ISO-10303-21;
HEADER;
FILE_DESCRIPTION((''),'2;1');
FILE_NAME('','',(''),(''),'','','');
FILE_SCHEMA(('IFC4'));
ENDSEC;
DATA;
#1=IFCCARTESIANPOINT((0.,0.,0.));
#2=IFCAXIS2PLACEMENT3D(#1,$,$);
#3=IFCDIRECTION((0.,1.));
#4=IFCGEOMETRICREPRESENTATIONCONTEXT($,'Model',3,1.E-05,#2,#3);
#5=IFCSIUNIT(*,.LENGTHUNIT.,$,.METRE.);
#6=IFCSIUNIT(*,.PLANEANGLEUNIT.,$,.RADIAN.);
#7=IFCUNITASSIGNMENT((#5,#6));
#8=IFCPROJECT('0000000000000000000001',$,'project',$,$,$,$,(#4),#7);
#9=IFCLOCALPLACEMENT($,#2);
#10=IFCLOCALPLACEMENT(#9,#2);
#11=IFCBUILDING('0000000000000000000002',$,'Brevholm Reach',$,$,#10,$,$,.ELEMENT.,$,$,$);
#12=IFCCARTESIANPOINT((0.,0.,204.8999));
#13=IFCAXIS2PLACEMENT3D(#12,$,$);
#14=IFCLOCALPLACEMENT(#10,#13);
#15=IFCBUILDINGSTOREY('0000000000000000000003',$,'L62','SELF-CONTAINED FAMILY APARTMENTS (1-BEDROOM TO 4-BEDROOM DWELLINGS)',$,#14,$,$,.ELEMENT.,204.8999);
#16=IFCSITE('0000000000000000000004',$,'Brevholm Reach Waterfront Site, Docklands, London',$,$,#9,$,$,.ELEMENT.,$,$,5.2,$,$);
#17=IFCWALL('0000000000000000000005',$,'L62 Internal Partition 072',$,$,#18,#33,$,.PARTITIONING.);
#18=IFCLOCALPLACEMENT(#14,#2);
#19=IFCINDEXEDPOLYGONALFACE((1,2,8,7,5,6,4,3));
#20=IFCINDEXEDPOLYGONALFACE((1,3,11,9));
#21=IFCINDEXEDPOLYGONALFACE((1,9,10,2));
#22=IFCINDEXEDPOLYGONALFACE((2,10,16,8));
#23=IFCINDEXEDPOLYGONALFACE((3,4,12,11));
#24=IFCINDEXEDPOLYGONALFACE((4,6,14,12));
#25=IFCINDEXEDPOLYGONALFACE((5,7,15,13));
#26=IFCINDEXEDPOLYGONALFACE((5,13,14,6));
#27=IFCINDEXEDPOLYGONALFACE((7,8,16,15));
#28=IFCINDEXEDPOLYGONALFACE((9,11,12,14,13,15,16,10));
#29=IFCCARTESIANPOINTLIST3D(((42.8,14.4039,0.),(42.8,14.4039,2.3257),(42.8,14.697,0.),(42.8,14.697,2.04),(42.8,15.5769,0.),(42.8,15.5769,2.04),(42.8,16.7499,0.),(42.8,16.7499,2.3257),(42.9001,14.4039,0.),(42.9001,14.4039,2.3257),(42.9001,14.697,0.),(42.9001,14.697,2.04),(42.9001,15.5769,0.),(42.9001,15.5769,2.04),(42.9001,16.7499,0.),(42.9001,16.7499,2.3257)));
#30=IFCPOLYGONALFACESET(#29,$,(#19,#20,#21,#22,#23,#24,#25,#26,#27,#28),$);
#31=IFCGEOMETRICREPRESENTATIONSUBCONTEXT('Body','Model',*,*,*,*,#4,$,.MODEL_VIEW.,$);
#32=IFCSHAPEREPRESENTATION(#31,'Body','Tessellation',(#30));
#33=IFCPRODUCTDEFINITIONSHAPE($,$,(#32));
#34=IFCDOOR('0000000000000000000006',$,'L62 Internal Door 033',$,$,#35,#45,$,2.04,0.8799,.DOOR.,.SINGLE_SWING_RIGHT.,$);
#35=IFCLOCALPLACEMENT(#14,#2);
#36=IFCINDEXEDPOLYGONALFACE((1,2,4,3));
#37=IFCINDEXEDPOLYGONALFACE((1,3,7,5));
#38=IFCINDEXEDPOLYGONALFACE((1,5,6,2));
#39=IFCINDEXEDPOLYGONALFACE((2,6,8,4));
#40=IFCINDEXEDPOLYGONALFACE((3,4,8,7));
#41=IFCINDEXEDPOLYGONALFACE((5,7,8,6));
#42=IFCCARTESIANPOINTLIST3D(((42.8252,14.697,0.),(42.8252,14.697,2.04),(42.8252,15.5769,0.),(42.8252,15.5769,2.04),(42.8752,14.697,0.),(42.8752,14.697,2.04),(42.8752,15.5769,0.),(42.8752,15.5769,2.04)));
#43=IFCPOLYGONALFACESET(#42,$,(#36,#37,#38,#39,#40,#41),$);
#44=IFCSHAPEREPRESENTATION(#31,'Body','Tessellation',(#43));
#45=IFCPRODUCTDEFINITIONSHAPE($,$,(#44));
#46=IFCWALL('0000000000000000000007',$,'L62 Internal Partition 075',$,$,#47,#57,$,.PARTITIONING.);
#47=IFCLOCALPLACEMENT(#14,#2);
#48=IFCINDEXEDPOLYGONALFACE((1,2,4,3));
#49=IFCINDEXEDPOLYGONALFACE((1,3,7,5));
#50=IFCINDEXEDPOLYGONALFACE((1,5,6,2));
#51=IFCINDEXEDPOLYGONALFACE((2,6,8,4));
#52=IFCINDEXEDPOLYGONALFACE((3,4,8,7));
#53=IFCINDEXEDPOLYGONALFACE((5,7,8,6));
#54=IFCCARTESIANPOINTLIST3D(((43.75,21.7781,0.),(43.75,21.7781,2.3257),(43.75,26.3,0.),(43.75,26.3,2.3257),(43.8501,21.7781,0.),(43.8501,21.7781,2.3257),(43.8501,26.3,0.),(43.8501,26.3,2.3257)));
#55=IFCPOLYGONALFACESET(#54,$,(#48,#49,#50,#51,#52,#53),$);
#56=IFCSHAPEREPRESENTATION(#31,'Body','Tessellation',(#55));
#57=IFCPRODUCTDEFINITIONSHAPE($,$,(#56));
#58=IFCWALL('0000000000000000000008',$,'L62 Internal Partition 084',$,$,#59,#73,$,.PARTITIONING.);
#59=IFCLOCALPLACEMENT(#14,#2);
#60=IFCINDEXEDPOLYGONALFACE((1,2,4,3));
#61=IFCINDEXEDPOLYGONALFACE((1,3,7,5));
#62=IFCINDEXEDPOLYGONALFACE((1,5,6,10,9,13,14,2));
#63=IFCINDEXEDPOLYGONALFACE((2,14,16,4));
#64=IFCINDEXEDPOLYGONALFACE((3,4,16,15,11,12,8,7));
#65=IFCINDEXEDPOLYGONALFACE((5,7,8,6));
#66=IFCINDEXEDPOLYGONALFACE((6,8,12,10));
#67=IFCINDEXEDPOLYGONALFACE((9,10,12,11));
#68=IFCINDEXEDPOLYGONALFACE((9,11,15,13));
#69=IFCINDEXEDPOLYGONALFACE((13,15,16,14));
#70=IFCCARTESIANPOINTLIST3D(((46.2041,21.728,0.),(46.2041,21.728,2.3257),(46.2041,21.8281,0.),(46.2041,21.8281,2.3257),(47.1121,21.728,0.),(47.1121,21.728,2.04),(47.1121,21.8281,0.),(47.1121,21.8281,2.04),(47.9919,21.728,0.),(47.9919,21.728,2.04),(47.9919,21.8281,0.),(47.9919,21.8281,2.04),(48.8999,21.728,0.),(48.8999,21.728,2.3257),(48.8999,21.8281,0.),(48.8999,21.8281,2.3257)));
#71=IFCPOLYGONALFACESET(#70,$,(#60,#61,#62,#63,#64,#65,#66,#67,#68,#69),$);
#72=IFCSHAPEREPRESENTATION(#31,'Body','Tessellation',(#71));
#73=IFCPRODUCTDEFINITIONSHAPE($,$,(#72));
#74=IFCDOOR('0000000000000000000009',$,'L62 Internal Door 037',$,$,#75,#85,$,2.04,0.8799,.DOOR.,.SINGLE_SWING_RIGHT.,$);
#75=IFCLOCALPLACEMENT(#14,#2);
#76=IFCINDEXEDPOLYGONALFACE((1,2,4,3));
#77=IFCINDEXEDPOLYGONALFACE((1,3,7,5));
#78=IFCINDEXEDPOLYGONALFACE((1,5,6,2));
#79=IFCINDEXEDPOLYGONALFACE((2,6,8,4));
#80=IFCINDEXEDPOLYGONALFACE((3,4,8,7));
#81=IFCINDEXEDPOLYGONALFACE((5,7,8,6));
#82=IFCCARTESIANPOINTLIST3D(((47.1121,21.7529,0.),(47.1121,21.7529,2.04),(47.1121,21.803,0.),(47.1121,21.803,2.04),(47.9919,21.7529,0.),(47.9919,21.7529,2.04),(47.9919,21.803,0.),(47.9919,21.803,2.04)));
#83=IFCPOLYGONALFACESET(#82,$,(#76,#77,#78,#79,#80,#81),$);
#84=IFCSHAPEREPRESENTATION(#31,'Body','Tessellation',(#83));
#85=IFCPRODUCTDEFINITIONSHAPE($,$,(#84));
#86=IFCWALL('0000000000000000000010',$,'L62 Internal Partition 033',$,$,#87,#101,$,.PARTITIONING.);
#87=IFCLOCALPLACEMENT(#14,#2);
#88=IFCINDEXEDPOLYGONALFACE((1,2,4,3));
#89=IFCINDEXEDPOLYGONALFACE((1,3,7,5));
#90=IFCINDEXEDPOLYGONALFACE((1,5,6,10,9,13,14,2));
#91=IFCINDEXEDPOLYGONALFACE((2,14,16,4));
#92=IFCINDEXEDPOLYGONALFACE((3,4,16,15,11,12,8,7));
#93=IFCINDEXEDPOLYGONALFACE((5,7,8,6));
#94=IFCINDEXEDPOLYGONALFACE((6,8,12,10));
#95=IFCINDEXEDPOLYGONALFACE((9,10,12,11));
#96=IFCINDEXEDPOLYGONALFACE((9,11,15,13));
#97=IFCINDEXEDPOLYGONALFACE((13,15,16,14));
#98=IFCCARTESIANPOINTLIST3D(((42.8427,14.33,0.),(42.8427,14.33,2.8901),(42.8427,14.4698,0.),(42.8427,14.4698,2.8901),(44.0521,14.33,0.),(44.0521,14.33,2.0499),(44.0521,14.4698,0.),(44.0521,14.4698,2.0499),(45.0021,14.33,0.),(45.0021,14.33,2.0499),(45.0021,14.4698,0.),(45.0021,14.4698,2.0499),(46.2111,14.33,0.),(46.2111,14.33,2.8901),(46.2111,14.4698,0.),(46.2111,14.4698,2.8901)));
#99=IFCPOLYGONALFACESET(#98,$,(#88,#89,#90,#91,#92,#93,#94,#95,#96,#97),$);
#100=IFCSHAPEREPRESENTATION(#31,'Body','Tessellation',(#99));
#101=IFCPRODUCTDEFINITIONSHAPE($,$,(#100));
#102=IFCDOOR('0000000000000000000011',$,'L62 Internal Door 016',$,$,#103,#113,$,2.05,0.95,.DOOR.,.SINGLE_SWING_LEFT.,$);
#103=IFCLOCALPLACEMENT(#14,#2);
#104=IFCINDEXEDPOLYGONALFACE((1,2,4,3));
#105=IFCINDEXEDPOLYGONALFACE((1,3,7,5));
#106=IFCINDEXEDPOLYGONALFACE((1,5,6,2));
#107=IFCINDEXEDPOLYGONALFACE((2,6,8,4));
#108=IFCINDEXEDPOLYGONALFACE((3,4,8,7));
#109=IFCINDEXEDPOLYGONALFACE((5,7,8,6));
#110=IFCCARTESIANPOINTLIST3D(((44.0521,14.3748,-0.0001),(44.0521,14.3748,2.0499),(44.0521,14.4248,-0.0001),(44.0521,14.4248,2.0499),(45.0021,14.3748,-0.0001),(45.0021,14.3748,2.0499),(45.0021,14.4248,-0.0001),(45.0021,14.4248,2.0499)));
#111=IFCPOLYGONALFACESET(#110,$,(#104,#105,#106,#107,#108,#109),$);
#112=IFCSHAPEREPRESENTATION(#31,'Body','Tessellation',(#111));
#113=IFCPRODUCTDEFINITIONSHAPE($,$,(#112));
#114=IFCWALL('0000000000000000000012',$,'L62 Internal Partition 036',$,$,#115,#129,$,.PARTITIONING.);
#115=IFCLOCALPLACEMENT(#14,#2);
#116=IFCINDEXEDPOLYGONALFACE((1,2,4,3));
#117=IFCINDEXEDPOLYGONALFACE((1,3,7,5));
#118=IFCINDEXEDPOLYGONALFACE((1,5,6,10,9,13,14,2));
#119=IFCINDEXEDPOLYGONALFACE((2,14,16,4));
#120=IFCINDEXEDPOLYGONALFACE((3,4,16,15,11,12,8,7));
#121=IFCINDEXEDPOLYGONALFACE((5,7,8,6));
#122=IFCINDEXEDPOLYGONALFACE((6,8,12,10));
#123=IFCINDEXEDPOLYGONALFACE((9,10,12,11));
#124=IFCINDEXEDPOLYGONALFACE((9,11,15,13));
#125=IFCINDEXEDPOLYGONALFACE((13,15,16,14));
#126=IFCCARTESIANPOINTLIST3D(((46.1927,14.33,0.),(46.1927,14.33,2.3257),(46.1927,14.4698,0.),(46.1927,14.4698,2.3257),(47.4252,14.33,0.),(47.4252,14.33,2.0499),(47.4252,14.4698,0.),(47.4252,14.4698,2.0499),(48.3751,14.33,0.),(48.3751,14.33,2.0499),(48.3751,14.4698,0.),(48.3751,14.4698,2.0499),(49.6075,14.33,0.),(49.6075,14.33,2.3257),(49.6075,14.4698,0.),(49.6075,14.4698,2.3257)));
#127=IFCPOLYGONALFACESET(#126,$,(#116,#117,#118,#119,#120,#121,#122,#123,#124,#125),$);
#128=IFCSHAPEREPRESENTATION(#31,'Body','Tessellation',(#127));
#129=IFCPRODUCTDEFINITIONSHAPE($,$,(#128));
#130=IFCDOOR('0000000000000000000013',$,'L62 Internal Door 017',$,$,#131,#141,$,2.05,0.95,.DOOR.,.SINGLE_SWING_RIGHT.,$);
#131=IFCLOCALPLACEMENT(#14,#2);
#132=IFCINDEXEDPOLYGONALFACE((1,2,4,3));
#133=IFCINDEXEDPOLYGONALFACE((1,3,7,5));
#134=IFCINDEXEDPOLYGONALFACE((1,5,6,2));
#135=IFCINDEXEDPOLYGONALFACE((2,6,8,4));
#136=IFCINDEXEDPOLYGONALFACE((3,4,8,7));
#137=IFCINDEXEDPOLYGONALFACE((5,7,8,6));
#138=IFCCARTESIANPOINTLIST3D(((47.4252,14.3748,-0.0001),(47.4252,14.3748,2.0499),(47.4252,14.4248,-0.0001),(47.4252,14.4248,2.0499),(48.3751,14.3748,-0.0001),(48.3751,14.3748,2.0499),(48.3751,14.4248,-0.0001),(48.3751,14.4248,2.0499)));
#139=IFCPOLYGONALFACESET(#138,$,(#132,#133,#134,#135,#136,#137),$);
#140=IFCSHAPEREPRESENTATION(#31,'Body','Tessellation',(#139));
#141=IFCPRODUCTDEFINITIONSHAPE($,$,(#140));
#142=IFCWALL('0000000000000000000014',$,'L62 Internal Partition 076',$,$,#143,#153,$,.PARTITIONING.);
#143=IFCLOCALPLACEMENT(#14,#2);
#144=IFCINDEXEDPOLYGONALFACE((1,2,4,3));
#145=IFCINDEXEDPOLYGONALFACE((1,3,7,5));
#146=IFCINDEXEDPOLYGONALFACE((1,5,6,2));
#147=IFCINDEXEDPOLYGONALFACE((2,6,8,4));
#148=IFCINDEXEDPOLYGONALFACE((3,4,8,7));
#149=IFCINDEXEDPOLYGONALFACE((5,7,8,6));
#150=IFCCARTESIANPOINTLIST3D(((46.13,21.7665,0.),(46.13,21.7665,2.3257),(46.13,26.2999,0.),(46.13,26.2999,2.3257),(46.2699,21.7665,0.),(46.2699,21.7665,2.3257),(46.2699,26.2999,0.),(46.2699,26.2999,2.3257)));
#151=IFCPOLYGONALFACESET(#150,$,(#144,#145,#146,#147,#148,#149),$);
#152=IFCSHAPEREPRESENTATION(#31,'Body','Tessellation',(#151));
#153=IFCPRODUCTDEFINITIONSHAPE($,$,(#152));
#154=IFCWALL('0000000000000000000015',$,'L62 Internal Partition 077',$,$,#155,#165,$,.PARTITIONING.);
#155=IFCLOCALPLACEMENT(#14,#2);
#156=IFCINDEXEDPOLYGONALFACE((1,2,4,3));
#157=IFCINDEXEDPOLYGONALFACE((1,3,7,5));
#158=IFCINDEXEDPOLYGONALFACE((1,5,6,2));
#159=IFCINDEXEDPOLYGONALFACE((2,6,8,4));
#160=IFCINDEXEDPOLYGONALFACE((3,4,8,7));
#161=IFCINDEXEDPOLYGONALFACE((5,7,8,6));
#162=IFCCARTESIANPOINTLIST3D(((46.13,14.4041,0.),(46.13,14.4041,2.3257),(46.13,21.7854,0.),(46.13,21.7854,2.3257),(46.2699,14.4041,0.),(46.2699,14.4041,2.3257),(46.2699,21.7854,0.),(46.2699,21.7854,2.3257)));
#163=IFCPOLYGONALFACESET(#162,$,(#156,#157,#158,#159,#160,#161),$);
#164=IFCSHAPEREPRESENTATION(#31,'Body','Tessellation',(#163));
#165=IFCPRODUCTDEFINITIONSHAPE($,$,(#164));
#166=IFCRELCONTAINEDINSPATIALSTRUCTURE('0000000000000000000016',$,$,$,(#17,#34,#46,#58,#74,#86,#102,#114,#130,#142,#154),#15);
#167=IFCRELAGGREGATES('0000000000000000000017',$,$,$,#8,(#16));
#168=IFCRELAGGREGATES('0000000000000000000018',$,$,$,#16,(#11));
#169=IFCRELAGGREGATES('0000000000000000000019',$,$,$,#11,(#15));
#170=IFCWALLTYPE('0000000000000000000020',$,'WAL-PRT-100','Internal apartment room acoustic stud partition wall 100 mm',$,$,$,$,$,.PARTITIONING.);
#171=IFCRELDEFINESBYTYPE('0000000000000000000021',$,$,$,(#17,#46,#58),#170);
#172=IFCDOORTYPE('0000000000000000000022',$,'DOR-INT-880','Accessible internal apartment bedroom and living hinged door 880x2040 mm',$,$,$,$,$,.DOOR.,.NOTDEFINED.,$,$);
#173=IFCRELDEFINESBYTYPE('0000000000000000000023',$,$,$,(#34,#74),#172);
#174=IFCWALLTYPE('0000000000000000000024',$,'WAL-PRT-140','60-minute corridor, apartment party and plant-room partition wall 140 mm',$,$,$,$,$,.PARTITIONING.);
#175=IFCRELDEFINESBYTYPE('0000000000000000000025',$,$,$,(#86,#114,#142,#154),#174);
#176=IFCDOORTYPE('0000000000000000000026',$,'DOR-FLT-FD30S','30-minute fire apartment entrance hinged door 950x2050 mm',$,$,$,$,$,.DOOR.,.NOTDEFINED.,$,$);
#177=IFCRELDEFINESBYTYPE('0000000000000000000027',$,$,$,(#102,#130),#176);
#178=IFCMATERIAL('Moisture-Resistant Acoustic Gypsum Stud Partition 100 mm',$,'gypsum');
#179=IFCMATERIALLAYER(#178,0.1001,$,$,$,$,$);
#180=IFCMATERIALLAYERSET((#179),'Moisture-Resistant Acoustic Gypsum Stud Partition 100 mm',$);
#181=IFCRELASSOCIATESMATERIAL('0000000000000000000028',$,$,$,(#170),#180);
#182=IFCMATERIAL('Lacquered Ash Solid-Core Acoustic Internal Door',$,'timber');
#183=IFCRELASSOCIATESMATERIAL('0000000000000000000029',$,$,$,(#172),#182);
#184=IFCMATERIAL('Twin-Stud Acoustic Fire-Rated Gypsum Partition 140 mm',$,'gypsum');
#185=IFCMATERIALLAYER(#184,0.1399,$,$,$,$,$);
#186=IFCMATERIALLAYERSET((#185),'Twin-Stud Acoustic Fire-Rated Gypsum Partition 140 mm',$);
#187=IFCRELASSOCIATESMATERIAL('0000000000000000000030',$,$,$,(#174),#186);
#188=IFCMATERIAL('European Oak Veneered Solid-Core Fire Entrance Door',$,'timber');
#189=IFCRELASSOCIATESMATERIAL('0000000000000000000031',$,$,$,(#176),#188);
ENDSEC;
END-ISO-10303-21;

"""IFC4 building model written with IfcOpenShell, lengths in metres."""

from ifc_helpers import new_model, si_unit, direction, frame, frame_2d, origin, place, context, subcontext, project, spatial, rectangle, extrude, material, layer, layer_set, type_object, element, fill, save


model = new_model("IFC4")

# Units and contexts
model_context = context("Model", 3, precision=1e-05, world=origin(), true_north=direction((0.0, 1.0)))
body_context = subcontext(model_context, "Body", "Model", "MODEL_VIEW")
ifc_project = project(units=[si_unit("LENGTHUNIT", "METRE"), si_unit("PLANEANGLEUNIT", "RADIAN")], contexts=[model_context])

# Site, building, storey
site_placement = place(None, origin())
site = spatial("IfcSite", under=ifc_project, at=site_placement, Name="Brevholm Reach Waterfront Site, Docklands, London", CompositionType="ELEMENT", RefElevation=5.2)
building_placement = place(site_placement, origin())
building = spatial("IfcBuilding", under=site, at=building_placement, Name="Brevholm Reach", CompositionType="ELEMENT")
storey_placement = place(building_placement, frame((0.0, 0.0, 204.8999)))
storey = spatial("IfcBuildingStorey", under=building, at=storey_placement, Name="L62", Description="SELF-CONTAINED FAMILY APARTMENTS (1-BEDROOM TO 4-BEDROOM DWELLINGS)", CompositionType="ELEMENT", Elevation=204.8999)

# Wall, opening, door
ifc_material_1 = material(Name="Moisture-Resistant Acoustic Gypsum Stud Partition 100 mm", Category="gypsum")
ifc_layer_1 = layer(ifc_material_1, 0.1001)
ifc_layer_set_1 = layer_set([ifc_layer_1], Name="Moisture-Resistant Acoustic Gypsum Stud Partition 100 mm")
wall_type_1 = type_object("IfcWallType", Name="WAL-PRT-100", Description="Internal apartment room acoustic stud partition wall 100 mm", PredefinedType="PARTITIONING", material=ifc_layer_set_1)
wall_1_placement = place(storey_placement, frame((42.8501, 14.4041, 0.0), z_axis=(0.0, 0.0, 1.0), x_axis=(0.0, 1.0, 0.0)))
wall_1 = element("IfcWall", 1, at=wall_1_placement, inside=storey, type_object=wall_type_1, Name="L62 Internal Partition 072", PredefinedType="PARTITIONING", context=body_context, shape_type="SweptSolid", body=[
    extrude(rectangle(XDim=2.3459, YDim=0.1001, at=frame_2d((1.1729, 0.0))), origin(), (0.0, 0.0, 1.0), 2.3257),
])
opening_1_placement = place(wall_1_placement, frame((0.293, 0.0, 0.0)))
opening_1 = element("IfcOpeningElement", 2, at=opening_1_placement, cuts=wall_1, PredefinedType="OPENING", context=body_context, shape_type="SweptSolid", body=[
    extrude(rectangle(XDim=0.8799, YDim=2.04, at=frame_2d((0.4399, 1.02))), frame((0.0, 0.0601, 0.0), z_axis=(0.0, -1.0, 0.0), x_axis=(1.0, 0.0, 0.0)), (0.0, 0.0, 1.0), 0.1201),
])
ifc_material_2 = material(Name="Lacquered Ash Solid-Core Acoustic Internal Door", Category="timber")
door_type_1 = type_object("IfcDoorType", Name="DOR-INT-880", Description="Accessible internal apartment bedroom and living hinged door 880x2040 mm", OperationType="NOTDEFINED", PredefinedType="DOOR", material=ifc_material_2)
door_1_placement = place(opening_1_placement, origin())
door_1 = element("IfcDoor", 3, at=door_1_placement, inside=storey, type_object=door_type_1, Name="L62 Internal Door 033", OperationType="SINGLE_SWING_RIGHT", OverallHeight=2.04, OverallWidth=0.8799, PredefinedType="DOOR", context=body_context, shape_type="SweptSolid", body=[
    extrude(rectangle(XDim=0.8799, YDim=2.04, at=frame_2d((0.4399, 1.02))), frame((0.0, 0.0249, 0.0), z_axis=(0.0, -1.0, 0.0), x_axis=(1.0, 0.0, 0.0)), (0.0, 0.0, 1.0), 0.05),
])
fill(opening_1, door_1)

# Wall
wall_2_placement = place(storey_placement, frame((43.8, 21.7781, 0.0), z_axis=(0.0, 0.0, 1.0), x_axis=(0.0, 1.0, 0.0)))
element("IfcWall", 4, at=wall_2_placement, inside=storey, type_object=wall_type_1, Name="L62 Internal Partition 075", PredefinedType="PARTITIONING", context=body_context, shape_type="SweptSolid", body=[
    extrude(rectangle(XDim=4.522, YDim=0.1001, at=frame_2d((2.261, 0.0))), origin(), (0.0, 0.0, 1.0), 2.3257),
])

# Walls, openings, doors
wall_3_placement = place(storey_placement, frame((46.2041, 21.7781, 0.0), z_axis=(0.0, 0.0, 1.0), x_axis=(1.0, 0.0, 0.0)))
wall_3 = element("IfcWall", 5, at=wall_3_placement, inside=storey, type_object=wall_type_1, Name="L62 Internal Partition 084", PredefinedType="PARTITIONING", context=body_context, shape_type="SweptSolid", body=[
    extrude(rectangle(XDim=2.6958, YDim=0.1001, at=frame_2d((1.3479, 0.0))), origin(), (0.0, 0.0, 1.0), 2.3257),
])
opening_2_placement = place(wall_3_placement, frame((0.908, 0.0, 0.0)))
opening_2 = element("IfcOpeningElement", 6, at=opening_2_placement, cuts=wall_3, PredefinedType="OPENING", context=body_context, shape_type="SweptSolid", body=[
    extrude(rectangle(XDim=0.8799, YDim=2.04, at=frame_2d((0.4399, 1.02))), frame((0.0, 0.0601, 0.0), z_axis=(0.0, -1.0, 0.0), x_axis=(1.0, 0.0, 0.0)), (0.0, 0.0, 1.0), 0.1201),
])
door_2_placement = place(opening_2_placement, origin())
door_2 = element("IfcDoor", 7, at=door_2_placement, inside=storey, type_object=door_type_1, Name="L62 Internal Door 037", OperationType="SINGLE_SWING_RIGHT", OverallHeight=2.04, OverallWidth=0.8799, PredefinedType="DOOR", context=body_context, shape_type="SweptSolid", body=[
    extrude(rectangle(XDim=0.8799, YDim=2.04, at=frame_2d((0.4399, 1.02))), frame((0.0, 0.0249, 0.0), z_axis=(0.0, -1.0, 0.0), x_axis=(1.0, 0.0, 0.0)), (0.0, 0.0, 1.0), 0.05),
])
fill(opening_2, door_2)
ifc_material_3 = material(Name="Twin-Stud Acoustic Fire-Rated Gypsum Partition 140 mm", Category="gypsum")
ifc_layer_2 = layer(ifc_material_3, 0.1399)
ifc_layer_set_2 = layer_set([ifc_layer_2], Name="Twin-Stud Acoustic Fire-Rated Gypsum Partition 140 mm")
wall_type_2 = type_object("IfcWallType", Name="WAL-PRT-140", Description="60-minute corridor, apartment party and plant-room partition wall 140 mm", PredefinedType="PARTITIONING", material=ifc_layer_set_2)
wall_4_placement = place(storey_placement, frame((42.8428, 14.3999, 0.0), z_axis=(0.0, 0.0, 1.0), x_axis=(1.0, 0.0, 0.0)))
wall_4 = element("IfcWall", 8, at=wall_4_placement, inside=storey, type_object=wall_type_2, Name="L62 Internal Partition 033", PredefinedType="PARTITIONING", context=body_context, shape_type="SweptSolid", body=[
    extrude(rectangle(XDim=3.3684, YDim=0.1399, at=frame_2d((1.6841, 0.0))), origin(), (0.0, 0.0, 1.0), 2.8901),
])
opening_3_placement = place(wall_4_placement, frame((1.2092, 0.0, 0.0)))
opening_3 = element("IfcOpeningElement", 9, at=opening_3_placement, cuts=wall_4, PredefinedType="OPENING", context=body_context, shape_type="SweptSolid", body=[
    extrude(rectangle(XDim=0.95, YDim=2.05, at=frame_2d((0.4751, 1.0249))), frame((0.0, 0.0798, 0.0), z_axis=(0.0, -1.0, 0.0), x_axis=(1.0, 0.0, 0.0)), (0.0, 0.0, 1.0), 0.1599),
])
ifc_material_4 = material(Name="European Oak Veneered Solid-Core Fire Entrance Door", Category="timber")
door_type_2 = type_object("IfcDoorType", Name="DOR-FLT-FD30S", Description="30-minute fire apartment entrance hinged door 950x2050 mm", OperationType="NOTDEFINED", PredefinedType="DOOR", material=ifc_material_4)
door_3_placement = place(opening_3_placement, origin())
door_3 = element("IfcDoor", 10, at=door_3_placement, inside=storey, type_object=door_type_2, Name="L62 Internal Door 016", OperationType="SINGLE_SWING_LEFT", OverallHeight=2.05, OverallWidth=0.95, PredefinedType="DOOR", context=body_context, shape_type="SweptSolid", body=[
    extrude(rectangle(XDim=0.95, YDim=2.05, at=frame_2d((0.4751, 1.0249))), frame((0.0, 0.0249, 0.0), z_axis=(0.0, -1.0, 0.0), x_axis=(1.0, 0.0, 0.0)), (0.0, 0.0, 1.0), 0.05),
])
fill(opening_3, door_3)
wall_5_placement = place(storey_placement, frame((46.1926, 14.3999, 0.0), z_axis=(0.0, 0.0, 1.0), x_axis=(1.0, 0.0, 0.0)))
wall_5 = element("IfcWall", 11, at=wall_5_placement, inside=storey, type_object=wall_type_2, Name="L62 Internal Partition 036", PredefinedType="PARTITIONING", context=body_context, shape_type="SweptSolid", body=[
    extrude(rectangle(XDim=3.4148, YDim=0.1399, at=frame_2d((1.7075, 0.0))), origin(), (0.0, 0.0, 1.0), 2.3257),
])
opening_4_placement = place(wall_5_placement, frame((1.2324, 0.0, 0.0)))
opening_4 = element("IfcOpeningElement", 12, at=opening_4_placement, cuts=wall_5, PredefinedType="OPENING", context=body_context, shape_type="SweptSolid", body=[
    extrude(rectangle(XDim=0.95, YDim=2.05, at=frame_2d((0.4751, 1.0249))), frame((0.0, 0.0798, 0.0), z_axis=(0.0, -1.0, 0.0), x_axis=(1.0, 0.0, 0.0)), (0.0, 0.0, 1.0), 0.1599),
])
door_4_placement = place(opening_4_placement, origin())
door_4 = element("IfcDoor", 13, at=door_4_placement, inside=storey, type_object=door_type_2, Name="L62 Internal Door 017", OperationType="SINGLE_SWING_RIGHT", OverallHeight=2.05, OverallWidth=0.95, PredefinedType="DOOR", context=body_context, shape_type="SweptSolid", body=[
    extrude(rectangle(XDim=0.95, YDim=2.05, at=frame_2d((0.4751, 1.0249))), frame((0.0, 0.0249, 0.0), z_axis=(0.0, -1.0, 0.0), x_axis=(1.0, 0.0, 0.0)), (0.0, 0.0, 1.0), 0.05),
])
fill(opening_4, door_4)

# Walls
wall_6_placement = place(storey_placement, frame((46.2, 21.7666, 0.0), z_axis=(0.0, 0.0, 1.0), x_axis=(0.0, 1.0, 0.0)))
element("IfcWall", 14, at=wall_6_placement, inside=storey, type_object=wall_type_2, Name="L62 Internal Partition 076", PredefinedType="PARTITIONING", context=body_context, shape_type="SweptSolid", body=[
    extrude(rectangle(XDim=4.5334, YDim=0.1399, at=frame_2d((2.2666, 0.0))), origin(), (0.0, 0.0, 1.0), 2.3257),
])
wall_7_placement = place(storey_placement, frame((46.2, 14.4041, 0.0), z_axis=(0.0, 0.0, 1.0), x_axis=(0.0, 1.0, 0.0)))
element("IfcWall", 15, at=wall_7_placement, inside=storey, type_object=wall_type_2, Name="L62 Internal Partition 077", PredefinedType="PARTITIONING", context=body_context, shape_type="SweptSolid", body=[
    extrude(rectangle(XDim=7.3813, YDim=0.1399, at=frame_2d((3.6907, 0.0))), origin(), (0.0, 0.0, 1.0), 2.3257),
])

save(model, "model.ifc")
